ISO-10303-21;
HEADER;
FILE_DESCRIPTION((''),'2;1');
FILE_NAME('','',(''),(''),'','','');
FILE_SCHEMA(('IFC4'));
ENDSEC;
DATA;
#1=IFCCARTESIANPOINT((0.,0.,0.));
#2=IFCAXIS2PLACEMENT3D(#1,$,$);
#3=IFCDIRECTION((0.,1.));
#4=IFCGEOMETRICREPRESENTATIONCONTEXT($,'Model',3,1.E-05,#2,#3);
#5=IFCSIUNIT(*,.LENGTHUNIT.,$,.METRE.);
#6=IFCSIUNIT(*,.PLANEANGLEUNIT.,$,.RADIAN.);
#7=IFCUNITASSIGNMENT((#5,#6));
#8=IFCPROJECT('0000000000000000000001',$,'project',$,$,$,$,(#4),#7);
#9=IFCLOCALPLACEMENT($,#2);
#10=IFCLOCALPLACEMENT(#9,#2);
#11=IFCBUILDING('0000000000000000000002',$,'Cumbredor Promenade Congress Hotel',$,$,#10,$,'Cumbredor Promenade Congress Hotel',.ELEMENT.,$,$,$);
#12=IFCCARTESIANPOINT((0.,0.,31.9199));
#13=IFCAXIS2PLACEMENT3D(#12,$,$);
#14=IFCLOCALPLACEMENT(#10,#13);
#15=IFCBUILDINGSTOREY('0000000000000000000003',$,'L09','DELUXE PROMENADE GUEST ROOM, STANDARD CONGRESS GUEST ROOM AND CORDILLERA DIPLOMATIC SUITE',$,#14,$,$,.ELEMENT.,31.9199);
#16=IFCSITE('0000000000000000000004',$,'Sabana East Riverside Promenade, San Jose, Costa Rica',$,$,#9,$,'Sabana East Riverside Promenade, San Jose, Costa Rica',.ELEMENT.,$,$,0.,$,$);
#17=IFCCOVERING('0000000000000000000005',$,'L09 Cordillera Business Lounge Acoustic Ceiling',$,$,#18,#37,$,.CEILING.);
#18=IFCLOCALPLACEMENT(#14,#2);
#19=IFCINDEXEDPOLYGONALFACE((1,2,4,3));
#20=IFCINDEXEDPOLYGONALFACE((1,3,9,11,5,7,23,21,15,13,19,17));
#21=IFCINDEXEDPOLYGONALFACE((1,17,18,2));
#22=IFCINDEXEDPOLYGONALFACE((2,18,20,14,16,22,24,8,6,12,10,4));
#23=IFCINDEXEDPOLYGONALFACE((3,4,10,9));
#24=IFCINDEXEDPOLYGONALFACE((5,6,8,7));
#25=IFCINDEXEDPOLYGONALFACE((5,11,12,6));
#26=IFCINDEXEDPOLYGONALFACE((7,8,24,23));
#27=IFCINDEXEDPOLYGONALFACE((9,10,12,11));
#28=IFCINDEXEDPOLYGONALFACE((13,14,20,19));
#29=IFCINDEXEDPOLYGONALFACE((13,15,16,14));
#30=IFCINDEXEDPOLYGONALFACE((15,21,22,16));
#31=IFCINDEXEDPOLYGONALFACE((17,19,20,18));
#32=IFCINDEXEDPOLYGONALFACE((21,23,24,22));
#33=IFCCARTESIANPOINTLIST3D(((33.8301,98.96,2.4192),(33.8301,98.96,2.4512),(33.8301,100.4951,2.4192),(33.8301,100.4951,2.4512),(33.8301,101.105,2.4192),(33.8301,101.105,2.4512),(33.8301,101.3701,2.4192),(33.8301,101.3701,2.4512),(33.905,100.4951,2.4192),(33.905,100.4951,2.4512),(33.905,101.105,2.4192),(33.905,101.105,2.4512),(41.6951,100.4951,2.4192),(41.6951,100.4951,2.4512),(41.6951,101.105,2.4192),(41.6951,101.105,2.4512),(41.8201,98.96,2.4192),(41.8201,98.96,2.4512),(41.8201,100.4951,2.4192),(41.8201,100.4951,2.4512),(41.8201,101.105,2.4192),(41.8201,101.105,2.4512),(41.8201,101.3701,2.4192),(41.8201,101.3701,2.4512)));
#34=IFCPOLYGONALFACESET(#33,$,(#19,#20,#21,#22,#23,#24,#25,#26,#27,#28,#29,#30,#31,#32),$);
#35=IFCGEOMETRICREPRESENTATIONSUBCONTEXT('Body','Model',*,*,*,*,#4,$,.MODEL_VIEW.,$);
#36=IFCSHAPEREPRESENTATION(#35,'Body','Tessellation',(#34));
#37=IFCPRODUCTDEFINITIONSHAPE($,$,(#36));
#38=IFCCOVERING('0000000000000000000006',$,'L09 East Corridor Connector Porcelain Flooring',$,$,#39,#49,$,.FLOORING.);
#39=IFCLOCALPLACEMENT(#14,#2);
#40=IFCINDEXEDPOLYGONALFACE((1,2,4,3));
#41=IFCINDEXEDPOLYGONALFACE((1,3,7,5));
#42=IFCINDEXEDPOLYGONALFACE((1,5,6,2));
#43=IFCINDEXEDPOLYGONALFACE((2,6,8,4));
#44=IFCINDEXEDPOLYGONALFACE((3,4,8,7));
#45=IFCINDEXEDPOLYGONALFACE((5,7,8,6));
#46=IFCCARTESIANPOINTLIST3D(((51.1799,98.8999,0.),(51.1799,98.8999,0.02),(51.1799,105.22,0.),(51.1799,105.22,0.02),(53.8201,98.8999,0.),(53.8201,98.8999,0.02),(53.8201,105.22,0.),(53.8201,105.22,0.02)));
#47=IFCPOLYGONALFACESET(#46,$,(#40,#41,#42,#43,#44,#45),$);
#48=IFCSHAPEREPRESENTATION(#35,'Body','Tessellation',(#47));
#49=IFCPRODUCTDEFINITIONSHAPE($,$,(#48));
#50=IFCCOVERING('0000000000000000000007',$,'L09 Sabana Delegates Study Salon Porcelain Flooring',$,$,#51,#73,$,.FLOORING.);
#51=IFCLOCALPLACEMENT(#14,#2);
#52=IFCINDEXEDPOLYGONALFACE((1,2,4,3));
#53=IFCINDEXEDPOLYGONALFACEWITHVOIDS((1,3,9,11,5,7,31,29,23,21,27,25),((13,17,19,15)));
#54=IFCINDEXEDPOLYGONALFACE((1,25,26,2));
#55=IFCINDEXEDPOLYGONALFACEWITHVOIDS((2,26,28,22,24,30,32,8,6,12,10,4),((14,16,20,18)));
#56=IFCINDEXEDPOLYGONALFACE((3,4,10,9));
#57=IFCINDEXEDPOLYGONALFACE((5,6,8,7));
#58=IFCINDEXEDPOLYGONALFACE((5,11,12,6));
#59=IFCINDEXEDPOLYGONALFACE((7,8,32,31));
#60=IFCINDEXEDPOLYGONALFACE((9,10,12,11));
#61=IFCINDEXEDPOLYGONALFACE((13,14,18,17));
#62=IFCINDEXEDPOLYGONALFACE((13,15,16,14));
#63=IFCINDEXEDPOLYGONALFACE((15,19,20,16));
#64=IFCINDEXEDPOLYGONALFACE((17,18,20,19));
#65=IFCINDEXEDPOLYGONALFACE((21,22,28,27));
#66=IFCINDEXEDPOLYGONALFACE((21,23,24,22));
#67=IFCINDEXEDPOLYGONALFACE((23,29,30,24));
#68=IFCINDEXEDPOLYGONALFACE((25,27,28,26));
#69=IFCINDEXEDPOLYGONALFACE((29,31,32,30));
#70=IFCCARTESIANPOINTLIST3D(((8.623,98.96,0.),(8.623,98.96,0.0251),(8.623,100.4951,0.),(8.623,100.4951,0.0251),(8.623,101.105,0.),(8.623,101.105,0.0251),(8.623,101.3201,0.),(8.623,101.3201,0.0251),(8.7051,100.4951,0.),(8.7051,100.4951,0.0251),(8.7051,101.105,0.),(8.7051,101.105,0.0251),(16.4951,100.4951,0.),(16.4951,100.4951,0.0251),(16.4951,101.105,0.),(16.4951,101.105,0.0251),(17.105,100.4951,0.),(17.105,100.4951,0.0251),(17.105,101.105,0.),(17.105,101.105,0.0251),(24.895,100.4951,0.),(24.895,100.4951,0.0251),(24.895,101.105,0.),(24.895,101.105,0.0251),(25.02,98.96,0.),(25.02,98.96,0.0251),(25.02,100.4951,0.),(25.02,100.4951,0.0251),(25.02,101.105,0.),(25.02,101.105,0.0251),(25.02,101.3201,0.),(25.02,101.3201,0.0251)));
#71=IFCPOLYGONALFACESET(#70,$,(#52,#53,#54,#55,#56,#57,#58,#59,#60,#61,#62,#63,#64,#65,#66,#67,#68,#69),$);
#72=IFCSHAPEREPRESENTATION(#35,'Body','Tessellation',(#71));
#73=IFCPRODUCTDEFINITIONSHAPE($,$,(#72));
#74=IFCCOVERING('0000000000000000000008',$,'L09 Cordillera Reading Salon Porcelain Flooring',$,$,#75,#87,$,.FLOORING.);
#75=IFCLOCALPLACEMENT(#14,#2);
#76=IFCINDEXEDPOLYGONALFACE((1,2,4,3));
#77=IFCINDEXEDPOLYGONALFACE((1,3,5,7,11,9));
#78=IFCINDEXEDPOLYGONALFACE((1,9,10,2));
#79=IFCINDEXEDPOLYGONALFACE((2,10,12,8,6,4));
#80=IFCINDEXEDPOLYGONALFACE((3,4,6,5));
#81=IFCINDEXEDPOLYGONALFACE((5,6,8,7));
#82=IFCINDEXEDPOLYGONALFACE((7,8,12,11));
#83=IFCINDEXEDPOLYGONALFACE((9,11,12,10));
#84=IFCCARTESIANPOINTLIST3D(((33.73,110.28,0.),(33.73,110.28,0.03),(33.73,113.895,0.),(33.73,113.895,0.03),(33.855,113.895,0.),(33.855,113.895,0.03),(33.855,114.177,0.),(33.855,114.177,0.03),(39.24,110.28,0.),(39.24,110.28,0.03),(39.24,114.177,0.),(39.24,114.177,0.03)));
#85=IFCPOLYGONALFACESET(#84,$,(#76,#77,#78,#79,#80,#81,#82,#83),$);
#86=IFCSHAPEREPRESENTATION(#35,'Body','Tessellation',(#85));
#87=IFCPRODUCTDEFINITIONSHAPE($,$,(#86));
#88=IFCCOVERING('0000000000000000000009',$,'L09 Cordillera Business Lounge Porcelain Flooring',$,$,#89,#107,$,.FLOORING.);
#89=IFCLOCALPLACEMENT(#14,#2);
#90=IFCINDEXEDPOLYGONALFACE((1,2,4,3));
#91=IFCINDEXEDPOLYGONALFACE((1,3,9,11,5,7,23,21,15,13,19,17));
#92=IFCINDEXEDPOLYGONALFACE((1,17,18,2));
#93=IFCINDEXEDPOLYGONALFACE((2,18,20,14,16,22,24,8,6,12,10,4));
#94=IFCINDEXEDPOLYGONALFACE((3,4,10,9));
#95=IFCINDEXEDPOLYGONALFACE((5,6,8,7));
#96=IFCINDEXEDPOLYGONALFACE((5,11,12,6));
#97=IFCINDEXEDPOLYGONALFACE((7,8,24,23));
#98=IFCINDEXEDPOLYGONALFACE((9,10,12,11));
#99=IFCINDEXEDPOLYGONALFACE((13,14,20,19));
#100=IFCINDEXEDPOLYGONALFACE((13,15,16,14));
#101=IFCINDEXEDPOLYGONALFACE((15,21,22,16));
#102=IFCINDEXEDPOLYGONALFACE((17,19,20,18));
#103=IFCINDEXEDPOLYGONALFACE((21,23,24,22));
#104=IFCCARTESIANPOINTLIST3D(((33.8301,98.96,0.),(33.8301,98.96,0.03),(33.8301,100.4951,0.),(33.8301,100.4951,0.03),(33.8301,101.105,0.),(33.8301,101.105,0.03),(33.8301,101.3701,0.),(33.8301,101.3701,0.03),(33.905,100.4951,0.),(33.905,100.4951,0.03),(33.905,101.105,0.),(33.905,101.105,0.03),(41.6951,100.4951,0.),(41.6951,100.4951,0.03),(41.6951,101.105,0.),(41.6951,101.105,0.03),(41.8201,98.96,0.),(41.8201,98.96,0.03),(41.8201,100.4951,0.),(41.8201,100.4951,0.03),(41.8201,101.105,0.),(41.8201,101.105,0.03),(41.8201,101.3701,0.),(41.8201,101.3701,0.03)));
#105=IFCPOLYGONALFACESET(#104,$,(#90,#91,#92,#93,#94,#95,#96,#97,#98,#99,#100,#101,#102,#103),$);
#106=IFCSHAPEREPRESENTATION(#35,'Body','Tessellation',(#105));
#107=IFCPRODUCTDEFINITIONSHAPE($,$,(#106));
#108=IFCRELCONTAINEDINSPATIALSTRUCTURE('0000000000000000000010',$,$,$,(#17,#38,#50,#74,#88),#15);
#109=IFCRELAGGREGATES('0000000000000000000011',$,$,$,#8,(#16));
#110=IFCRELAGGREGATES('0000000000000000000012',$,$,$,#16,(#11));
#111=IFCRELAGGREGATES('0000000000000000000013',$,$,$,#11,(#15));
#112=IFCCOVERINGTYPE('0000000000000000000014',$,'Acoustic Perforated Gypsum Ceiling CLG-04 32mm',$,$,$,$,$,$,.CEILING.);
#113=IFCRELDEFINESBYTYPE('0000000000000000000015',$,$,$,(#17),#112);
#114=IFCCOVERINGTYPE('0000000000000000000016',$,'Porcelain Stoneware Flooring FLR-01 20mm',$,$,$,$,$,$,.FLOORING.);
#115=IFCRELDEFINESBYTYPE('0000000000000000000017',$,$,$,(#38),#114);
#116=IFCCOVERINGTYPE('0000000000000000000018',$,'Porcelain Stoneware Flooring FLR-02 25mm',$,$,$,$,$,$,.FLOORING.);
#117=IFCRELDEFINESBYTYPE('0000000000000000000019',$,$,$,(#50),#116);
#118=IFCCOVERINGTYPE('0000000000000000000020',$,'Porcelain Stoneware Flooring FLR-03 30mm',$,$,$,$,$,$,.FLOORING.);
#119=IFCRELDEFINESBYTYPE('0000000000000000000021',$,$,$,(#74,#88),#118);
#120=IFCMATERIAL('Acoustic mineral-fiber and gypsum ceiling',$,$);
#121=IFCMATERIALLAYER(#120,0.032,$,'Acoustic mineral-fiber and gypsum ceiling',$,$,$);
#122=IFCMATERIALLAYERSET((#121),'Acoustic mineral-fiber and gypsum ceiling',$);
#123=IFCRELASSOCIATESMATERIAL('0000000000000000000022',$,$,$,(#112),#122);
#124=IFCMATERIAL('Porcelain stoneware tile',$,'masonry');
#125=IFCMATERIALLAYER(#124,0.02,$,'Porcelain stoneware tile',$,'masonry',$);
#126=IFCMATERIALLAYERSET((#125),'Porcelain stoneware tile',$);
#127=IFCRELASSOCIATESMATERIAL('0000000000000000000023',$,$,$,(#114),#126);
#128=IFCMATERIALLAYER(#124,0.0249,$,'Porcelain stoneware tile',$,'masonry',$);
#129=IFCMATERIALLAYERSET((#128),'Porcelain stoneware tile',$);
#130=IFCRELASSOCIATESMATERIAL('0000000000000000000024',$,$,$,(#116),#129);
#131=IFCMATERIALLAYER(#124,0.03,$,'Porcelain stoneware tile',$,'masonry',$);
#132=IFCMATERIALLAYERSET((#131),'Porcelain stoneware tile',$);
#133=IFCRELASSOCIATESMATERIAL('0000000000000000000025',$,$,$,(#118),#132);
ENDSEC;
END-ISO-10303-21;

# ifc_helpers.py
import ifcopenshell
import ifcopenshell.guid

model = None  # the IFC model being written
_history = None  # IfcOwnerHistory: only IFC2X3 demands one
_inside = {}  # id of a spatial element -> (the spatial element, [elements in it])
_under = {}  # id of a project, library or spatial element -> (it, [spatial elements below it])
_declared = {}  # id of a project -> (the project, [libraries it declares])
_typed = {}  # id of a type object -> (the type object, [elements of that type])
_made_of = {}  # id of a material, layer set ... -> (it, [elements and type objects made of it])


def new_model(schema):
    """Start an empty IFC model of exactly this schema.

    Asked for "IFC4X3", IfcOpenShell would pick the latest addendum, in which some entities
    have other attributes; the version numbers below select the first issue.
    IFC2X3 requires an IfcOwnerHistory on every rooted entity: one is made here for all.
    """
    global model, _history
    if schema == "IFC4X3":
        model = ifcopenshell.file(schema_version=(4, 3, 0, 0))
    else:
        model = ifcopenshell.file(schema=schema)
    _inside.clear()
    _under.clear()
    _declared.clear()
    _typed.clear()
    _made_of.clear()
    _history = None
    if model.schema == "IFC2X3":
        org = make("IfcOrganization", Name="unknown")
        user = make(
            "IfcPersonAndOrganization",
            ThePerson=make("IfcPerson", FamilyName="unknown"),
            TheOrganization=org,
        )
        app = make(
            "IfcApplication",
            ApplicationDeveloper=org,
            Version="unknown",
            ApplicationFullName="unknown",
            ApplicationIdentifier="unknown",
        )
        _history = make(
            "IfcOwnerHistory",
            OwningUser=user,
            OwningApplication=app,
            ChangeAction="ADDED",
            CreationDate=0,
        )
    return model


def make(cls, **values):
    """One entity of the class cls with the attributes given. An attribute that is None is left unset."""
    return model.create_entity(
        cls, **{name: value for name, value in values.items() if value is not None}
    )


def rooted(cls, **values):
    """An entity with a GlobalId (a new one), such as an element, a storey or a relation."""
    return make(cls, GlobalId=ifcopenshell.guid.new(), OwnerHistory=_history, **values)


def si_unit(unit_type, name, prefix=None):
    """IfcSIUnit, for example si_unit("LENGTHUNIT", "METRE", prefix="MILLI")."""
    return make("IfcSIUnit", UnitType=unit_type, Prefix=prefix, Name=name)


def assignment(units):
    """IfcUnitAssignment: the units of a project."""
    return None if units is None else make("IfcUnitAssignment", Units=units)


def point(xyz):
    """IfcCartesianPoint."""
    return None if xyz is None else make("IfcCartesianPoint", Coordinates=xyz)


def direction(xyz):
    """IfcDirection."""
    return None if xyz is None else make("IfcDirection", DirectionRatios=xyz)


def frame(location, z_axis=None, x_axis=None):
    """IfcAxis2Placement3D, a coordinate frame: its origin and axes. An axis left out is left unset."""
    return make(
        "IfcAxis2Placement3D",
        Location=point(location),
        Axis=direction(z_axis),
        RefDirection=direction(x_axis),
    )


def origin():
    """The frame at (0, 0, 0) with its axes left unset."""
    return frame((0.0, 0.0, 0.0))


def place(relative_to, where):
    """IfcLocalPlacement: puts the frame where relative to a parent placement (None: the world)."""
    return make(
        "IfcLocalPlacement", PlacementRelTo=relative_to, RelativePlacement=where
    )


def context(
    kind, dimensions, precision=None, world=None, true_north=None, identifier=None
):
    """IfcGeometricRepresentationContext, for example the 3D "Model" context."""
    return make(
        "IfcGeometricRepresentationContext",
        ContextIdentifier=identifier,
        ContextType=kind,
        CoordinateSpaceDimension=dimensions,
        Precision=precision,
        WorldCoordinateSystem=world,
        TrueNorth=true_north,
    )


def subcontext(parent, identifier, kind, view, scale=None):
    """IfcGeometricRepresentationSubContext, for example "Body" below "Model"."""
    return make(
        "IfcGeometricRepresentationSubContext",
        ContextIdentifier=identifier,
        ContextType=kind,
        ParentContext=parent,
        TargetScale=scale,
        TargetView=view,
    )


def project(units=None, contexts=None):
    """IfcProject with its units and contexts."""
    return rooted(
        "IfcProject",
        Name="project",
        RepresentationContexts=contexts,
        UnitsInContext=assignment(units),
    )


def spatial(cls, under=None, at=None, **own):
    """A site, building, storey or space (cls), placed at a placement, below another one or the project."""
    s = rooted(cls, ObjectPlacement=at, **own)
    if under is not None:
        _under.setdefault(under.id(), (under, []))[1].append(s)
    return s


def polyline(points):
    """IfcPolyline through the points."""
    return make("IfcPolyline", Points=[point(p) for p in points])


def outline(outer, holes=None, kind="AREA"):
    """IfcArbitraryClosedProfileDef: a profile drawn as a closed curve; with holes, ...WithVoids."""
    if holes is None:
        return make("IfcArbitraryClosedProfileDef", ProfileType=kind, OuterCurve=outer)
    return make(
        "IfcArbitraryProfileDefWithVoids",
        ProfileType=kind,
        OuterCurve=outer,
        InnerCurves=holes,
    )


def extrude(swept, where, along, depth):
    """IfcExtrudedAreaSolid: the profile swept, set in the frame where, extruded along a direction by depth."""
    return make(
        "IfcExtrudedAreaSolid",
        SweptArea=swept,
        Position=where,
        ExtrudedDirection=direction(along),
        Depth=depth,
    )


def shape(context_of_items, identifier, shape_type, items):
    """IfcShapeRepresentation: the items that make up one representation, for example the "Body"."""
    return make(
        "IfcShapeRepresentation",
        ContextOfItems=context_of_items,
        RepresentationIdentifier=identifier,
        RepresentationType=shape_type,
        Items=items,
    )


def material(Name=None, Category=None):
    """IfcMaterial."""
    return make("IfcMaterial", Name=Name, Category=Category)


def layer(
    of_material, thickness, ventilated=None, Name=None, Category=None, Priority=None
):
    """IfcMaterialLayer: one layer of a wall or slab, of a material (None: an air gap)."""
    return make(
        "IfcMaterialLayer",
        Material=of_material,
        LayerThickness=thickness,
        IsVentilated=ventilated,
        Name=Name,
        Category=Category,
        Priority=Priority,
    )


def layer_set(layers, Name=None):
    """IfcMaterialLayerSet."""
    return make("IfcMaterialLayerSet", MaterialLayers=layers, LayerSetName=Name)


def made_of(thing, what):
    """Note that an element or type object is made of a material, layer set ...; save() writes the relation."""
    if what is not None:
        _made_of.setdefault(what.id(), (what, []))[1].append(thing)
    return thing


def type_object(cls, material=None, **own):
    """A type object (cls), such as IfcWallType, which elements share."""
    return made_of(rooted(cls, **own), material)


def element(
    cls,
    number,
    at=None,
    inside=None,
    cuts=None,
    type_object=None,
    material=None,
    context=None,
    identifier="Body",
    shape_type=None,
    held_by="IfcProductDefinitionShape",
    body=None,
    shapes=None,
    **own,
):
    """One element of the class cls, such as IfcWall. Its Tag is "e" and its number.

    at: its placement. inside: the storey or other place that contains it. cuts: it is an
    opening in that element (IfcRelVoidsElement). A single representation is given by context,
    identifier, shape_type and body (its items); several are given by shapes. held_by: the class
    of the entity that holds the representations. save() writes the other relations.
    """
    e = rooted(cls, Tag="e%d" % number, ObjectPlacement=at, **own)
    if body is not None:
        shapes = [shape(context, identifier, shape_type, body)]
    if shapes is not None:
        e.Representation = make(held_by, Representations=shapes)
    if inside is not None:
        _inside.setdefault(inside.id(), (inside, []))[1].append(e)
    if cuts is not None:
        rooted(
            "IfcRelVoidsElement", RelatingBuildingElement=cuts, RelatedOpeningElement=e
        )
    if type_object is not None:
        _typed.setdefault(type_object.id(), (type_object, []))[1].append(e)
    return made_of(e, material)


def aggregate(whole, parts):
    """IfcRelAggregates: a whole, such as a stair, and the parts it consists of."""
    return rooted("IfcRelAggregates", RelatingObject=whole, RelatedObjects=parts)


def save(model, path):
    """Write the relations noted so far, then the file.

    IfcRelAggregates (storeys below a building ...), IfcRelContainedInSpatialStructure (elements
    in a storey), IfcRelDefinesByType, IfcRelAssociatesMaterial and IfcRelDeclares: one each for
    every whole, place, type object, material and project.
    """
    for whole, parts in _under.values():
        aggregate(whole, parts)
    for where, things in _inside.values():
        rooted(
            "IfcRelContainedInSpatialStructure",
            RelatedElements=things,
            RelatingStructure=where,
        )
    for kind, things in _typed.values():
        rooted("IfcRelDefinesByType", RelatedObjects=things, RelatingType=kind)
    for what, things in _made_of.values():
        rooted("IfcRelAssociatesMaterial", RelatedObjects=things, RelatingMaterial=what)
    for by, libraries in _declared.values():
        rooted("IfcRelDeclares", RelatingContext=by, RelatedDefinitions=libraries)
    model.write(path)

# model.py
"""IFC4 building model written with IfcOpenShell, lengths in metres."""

from ifc_helpers import new_model, si_unit, direction, frame, origin, place, context, subcontext, project, spatial, polyline, outline, extrude, material, layer, layer_set, type_object, element, save


model = new_model("IFC4")

# Units and contexts
model_context = context("Model", 3, precision=1e-05, world=origin(), true_north=direction((0.0, 1.0)))
body_context = subcontext(model_context, "Body", "Model", "MODEL_VIEW")
ifc_project = project(units=[si_unit("LENGTHUNIT", "METRE"), si_unit("PLANEANGLEUNIT", "RADIAN")], contexts=[model_context])

# Site, building, storey
site_placement = place(None, origin())
site = spatial("IfcSite", under=ifc_project, at=site_placement, Name="Sabana East Riverside Promenade, San Jose, Costa Rica", LongName="Sabana East Riverside Promenade, San Jose, Costa Rica", CompositionType="ELEMENT", RefElevation=0.0)
building_placement = place(site_placement, origin())
building = spatial("IfcBuilding", under=site, at=building_placement, Name="Cumbredor Promenade Congress Hotel", LongName="Cumbredor Promenade Congress Hotel", CompositionType="ELEMENT")
storey_placement = place(building_placement, frame((0.0, 0.0, 31.9199)))
storey = spatial("IfcBuildingStorey", under=building, at=storey_placement, Name="L09", Description="DELUXE PROMENADE GUEST ROOM, STANDARD CONGRESS GUEST ROOM AND CORDILLERA DIPLOMATIC SUITE", CompositionType="ELEMENT", Elevation=31.9199)

# Coverings
ifc_material_1 = material(Name="Acoustic mineral-fiber and gypsum ceiling")
ifc_layer_1 = layer(ifc_material_1, 0.032, Name="Acoustic mineral-fiber and gypsum ceiling")
ifc_layer_set_1 = layer_set([ifc_layer_1], Name="Acoustic mineral-fiber and gypsum ceiling")
covering_type_1 = type_object("IfcCoveringType", Name="Acoustic Perforated Gypsum Ceiling CLG-04 32mm", PredefinedType="CEILING", material=ifc_layer_set_1)
covering_1_placement = place(storey_placement, frame((0.0, 0.0, 2.4192)))
element("IfcCovering", 1, at=covering_1_placement, inside=storey, type_object=covering_type_1, Name="L09 Cordillera Business Lounge Acoustic Ceiling", PredefinedType="CEILING", context=body_context, shape_type="SweptSolid", body=[
    extrude(outline(polyline([(41.8201, 101.3701), (41.8201, 101.105), (41.6951, 101.105), (41.6951, 100.4951), (41.8201, 100.4951), (41.8201, 98.96), (33.8301, 98.96), (33.8301, 100.4951), (33.905, 100.4951), (33.905, 101.105), (33.8301, 101.105), (33.8301, 101.3701), (41.8201, 101.3701)])), origin(), (0.0, 0.0, 1.0), 0.032),
])
ifc_material_2 = material(Name="Porcelain stoneware tile", Category="masonry")
ifc_layer_2 = layer(ifc_material_2, 0.02, Name="Porcelain stoneware tile", Category="masonry")
ifc_layer_set_2 = layer_set([ifc_layer_2], Name="Porcelain stoneware tile")
covering_type_2 = type_object("IfcCoveringType", Name="Porcelain Stoneware Flooring FLR-01 20mm", PredefinedType="FLOORING", material=ifc_layer_set_2)
covering_2_placement = place(storey_placement, origin())
element("IfcCovering", 2, at=covering_2_placement, inside=storey, type_object=covering_type_2, Name="L09 East Corridor Connector Porcelain Flooring", PredefinedType="FLOORING", context=body_context, shape_type="SweptSolid", body=[
    extrude(outline(polyline([(53.8201, 98.8999), (53.8201, 105.22), (51.1799, 105.22), (51.1799, 98.8999), (53.8201, 98.8999)])), origin(), (0.0, 0.0, 1.0), 0.02),
])
ifc_layer_3 = layer(ifc_material_2, 0.0249, Name="Porcelain stoneware tile", Category="masonry")
ifc_layer_set_3 = layer_set([ifc_layer_3], Name="Porcelain stoneware tile")
covering_type_3 = type_object("IfcCoveringType", Name="Porcelain Stoneware Flooring FLR-02 25mm", PredefinedType="FLOORING", material=ifc_layer_set_3)
covering_3_placement = place(storey_placement, origin())
element("IfcCovering", 3, at=covering_3_placement, inside=storey, type_object=covering_type_3, Name="L09 Sabana Delegates Study Salon Porcelain Flooring", PredefinedType="FLOORING", context=body_context, shape_type="SweptSolid", body=[
    extrude(outline(polyline([(25.02, 101.105), (24.895, 101.105), (24.895, 100.4951), (25.02, 100.4951), (25.02, 98.96), (8.623, 98.96), (8.623, 100.4951), (8.7051, 100.4951), (8.7051, 101.105), (8.623, 101.105), (8.623, 101.3201), (25.02, 101.3201), (25.02, 101.105)]), holes=[polyline([(16.4951, 101.105), (16.4951, 100.4951), (17.105, 100.4951), (17.105, 101.105), (16.4951, 101.105)])]), origin(), (0.0, 0.0, 1.0), 0.0251),
])
ifc_layer_4 = layer(ifc_material_2, 0.03, Name="Porcelain stoneware tile", Category="masonry")
ifc_layer_set_4 = layer_set([ifc_layer_4], Name="Porcelain stoneware tile")
covering_type_4 = type_object("IfcCoveringType", Name="Porcelain Stoneware Flooring FLR-03 30mm", PredefinedType="FLOORING", material=ifc_layer_set_4)
covering_4_placement = place(storey_placement, origin())
element("IfcCovering", 4, at=covering_4_placement, inside=storey, type_object=covering_type_4, Name="L09 Cordillera Reading Salon Porcelain Flooring", PredefinedType="FLOORING", context=body_context, shape_type="SweptSolid", body=[
    extrude(outline(polyline([(39.24, 114.177), (39.24, 110.28), (33.73, 110.28), (33.73, 113.895), (33.855, 113.895), (33.855, 114.177), (39.24, 114.177)])), origin(), (0.0, 0.0, 1.0), 0.03),
])
covering_5_placement = place(storey_placement, origin())
element("IfcCovering", 5, at=covering_5_placement, inside=storey, type_object=covering_type_4, Name="L09 Cordillera Business Lounge Porcelain Flooring", PredefinedType="FLOORING", context=body_context, shape_type="SweptSolid", body=[
    extrude(outline(polyline([(41.8201, 101.3701), (41.8201, 101.105), (41.6951, 101.105), (41.6951, 100.4951), (41.8201, 100.4951), (41.8201, 98.96), (33.8301, 98.96), (33.8301, 100.4951), (33.905, 100.4951), (33.905, 101.105), (33.8301, 101.105), (33.8301, 101.3701), (41.8201, 101.3701)])), origin(), (0.0, 0.0, 1.0), 0.03),
])

save(model, "model.ifc")
